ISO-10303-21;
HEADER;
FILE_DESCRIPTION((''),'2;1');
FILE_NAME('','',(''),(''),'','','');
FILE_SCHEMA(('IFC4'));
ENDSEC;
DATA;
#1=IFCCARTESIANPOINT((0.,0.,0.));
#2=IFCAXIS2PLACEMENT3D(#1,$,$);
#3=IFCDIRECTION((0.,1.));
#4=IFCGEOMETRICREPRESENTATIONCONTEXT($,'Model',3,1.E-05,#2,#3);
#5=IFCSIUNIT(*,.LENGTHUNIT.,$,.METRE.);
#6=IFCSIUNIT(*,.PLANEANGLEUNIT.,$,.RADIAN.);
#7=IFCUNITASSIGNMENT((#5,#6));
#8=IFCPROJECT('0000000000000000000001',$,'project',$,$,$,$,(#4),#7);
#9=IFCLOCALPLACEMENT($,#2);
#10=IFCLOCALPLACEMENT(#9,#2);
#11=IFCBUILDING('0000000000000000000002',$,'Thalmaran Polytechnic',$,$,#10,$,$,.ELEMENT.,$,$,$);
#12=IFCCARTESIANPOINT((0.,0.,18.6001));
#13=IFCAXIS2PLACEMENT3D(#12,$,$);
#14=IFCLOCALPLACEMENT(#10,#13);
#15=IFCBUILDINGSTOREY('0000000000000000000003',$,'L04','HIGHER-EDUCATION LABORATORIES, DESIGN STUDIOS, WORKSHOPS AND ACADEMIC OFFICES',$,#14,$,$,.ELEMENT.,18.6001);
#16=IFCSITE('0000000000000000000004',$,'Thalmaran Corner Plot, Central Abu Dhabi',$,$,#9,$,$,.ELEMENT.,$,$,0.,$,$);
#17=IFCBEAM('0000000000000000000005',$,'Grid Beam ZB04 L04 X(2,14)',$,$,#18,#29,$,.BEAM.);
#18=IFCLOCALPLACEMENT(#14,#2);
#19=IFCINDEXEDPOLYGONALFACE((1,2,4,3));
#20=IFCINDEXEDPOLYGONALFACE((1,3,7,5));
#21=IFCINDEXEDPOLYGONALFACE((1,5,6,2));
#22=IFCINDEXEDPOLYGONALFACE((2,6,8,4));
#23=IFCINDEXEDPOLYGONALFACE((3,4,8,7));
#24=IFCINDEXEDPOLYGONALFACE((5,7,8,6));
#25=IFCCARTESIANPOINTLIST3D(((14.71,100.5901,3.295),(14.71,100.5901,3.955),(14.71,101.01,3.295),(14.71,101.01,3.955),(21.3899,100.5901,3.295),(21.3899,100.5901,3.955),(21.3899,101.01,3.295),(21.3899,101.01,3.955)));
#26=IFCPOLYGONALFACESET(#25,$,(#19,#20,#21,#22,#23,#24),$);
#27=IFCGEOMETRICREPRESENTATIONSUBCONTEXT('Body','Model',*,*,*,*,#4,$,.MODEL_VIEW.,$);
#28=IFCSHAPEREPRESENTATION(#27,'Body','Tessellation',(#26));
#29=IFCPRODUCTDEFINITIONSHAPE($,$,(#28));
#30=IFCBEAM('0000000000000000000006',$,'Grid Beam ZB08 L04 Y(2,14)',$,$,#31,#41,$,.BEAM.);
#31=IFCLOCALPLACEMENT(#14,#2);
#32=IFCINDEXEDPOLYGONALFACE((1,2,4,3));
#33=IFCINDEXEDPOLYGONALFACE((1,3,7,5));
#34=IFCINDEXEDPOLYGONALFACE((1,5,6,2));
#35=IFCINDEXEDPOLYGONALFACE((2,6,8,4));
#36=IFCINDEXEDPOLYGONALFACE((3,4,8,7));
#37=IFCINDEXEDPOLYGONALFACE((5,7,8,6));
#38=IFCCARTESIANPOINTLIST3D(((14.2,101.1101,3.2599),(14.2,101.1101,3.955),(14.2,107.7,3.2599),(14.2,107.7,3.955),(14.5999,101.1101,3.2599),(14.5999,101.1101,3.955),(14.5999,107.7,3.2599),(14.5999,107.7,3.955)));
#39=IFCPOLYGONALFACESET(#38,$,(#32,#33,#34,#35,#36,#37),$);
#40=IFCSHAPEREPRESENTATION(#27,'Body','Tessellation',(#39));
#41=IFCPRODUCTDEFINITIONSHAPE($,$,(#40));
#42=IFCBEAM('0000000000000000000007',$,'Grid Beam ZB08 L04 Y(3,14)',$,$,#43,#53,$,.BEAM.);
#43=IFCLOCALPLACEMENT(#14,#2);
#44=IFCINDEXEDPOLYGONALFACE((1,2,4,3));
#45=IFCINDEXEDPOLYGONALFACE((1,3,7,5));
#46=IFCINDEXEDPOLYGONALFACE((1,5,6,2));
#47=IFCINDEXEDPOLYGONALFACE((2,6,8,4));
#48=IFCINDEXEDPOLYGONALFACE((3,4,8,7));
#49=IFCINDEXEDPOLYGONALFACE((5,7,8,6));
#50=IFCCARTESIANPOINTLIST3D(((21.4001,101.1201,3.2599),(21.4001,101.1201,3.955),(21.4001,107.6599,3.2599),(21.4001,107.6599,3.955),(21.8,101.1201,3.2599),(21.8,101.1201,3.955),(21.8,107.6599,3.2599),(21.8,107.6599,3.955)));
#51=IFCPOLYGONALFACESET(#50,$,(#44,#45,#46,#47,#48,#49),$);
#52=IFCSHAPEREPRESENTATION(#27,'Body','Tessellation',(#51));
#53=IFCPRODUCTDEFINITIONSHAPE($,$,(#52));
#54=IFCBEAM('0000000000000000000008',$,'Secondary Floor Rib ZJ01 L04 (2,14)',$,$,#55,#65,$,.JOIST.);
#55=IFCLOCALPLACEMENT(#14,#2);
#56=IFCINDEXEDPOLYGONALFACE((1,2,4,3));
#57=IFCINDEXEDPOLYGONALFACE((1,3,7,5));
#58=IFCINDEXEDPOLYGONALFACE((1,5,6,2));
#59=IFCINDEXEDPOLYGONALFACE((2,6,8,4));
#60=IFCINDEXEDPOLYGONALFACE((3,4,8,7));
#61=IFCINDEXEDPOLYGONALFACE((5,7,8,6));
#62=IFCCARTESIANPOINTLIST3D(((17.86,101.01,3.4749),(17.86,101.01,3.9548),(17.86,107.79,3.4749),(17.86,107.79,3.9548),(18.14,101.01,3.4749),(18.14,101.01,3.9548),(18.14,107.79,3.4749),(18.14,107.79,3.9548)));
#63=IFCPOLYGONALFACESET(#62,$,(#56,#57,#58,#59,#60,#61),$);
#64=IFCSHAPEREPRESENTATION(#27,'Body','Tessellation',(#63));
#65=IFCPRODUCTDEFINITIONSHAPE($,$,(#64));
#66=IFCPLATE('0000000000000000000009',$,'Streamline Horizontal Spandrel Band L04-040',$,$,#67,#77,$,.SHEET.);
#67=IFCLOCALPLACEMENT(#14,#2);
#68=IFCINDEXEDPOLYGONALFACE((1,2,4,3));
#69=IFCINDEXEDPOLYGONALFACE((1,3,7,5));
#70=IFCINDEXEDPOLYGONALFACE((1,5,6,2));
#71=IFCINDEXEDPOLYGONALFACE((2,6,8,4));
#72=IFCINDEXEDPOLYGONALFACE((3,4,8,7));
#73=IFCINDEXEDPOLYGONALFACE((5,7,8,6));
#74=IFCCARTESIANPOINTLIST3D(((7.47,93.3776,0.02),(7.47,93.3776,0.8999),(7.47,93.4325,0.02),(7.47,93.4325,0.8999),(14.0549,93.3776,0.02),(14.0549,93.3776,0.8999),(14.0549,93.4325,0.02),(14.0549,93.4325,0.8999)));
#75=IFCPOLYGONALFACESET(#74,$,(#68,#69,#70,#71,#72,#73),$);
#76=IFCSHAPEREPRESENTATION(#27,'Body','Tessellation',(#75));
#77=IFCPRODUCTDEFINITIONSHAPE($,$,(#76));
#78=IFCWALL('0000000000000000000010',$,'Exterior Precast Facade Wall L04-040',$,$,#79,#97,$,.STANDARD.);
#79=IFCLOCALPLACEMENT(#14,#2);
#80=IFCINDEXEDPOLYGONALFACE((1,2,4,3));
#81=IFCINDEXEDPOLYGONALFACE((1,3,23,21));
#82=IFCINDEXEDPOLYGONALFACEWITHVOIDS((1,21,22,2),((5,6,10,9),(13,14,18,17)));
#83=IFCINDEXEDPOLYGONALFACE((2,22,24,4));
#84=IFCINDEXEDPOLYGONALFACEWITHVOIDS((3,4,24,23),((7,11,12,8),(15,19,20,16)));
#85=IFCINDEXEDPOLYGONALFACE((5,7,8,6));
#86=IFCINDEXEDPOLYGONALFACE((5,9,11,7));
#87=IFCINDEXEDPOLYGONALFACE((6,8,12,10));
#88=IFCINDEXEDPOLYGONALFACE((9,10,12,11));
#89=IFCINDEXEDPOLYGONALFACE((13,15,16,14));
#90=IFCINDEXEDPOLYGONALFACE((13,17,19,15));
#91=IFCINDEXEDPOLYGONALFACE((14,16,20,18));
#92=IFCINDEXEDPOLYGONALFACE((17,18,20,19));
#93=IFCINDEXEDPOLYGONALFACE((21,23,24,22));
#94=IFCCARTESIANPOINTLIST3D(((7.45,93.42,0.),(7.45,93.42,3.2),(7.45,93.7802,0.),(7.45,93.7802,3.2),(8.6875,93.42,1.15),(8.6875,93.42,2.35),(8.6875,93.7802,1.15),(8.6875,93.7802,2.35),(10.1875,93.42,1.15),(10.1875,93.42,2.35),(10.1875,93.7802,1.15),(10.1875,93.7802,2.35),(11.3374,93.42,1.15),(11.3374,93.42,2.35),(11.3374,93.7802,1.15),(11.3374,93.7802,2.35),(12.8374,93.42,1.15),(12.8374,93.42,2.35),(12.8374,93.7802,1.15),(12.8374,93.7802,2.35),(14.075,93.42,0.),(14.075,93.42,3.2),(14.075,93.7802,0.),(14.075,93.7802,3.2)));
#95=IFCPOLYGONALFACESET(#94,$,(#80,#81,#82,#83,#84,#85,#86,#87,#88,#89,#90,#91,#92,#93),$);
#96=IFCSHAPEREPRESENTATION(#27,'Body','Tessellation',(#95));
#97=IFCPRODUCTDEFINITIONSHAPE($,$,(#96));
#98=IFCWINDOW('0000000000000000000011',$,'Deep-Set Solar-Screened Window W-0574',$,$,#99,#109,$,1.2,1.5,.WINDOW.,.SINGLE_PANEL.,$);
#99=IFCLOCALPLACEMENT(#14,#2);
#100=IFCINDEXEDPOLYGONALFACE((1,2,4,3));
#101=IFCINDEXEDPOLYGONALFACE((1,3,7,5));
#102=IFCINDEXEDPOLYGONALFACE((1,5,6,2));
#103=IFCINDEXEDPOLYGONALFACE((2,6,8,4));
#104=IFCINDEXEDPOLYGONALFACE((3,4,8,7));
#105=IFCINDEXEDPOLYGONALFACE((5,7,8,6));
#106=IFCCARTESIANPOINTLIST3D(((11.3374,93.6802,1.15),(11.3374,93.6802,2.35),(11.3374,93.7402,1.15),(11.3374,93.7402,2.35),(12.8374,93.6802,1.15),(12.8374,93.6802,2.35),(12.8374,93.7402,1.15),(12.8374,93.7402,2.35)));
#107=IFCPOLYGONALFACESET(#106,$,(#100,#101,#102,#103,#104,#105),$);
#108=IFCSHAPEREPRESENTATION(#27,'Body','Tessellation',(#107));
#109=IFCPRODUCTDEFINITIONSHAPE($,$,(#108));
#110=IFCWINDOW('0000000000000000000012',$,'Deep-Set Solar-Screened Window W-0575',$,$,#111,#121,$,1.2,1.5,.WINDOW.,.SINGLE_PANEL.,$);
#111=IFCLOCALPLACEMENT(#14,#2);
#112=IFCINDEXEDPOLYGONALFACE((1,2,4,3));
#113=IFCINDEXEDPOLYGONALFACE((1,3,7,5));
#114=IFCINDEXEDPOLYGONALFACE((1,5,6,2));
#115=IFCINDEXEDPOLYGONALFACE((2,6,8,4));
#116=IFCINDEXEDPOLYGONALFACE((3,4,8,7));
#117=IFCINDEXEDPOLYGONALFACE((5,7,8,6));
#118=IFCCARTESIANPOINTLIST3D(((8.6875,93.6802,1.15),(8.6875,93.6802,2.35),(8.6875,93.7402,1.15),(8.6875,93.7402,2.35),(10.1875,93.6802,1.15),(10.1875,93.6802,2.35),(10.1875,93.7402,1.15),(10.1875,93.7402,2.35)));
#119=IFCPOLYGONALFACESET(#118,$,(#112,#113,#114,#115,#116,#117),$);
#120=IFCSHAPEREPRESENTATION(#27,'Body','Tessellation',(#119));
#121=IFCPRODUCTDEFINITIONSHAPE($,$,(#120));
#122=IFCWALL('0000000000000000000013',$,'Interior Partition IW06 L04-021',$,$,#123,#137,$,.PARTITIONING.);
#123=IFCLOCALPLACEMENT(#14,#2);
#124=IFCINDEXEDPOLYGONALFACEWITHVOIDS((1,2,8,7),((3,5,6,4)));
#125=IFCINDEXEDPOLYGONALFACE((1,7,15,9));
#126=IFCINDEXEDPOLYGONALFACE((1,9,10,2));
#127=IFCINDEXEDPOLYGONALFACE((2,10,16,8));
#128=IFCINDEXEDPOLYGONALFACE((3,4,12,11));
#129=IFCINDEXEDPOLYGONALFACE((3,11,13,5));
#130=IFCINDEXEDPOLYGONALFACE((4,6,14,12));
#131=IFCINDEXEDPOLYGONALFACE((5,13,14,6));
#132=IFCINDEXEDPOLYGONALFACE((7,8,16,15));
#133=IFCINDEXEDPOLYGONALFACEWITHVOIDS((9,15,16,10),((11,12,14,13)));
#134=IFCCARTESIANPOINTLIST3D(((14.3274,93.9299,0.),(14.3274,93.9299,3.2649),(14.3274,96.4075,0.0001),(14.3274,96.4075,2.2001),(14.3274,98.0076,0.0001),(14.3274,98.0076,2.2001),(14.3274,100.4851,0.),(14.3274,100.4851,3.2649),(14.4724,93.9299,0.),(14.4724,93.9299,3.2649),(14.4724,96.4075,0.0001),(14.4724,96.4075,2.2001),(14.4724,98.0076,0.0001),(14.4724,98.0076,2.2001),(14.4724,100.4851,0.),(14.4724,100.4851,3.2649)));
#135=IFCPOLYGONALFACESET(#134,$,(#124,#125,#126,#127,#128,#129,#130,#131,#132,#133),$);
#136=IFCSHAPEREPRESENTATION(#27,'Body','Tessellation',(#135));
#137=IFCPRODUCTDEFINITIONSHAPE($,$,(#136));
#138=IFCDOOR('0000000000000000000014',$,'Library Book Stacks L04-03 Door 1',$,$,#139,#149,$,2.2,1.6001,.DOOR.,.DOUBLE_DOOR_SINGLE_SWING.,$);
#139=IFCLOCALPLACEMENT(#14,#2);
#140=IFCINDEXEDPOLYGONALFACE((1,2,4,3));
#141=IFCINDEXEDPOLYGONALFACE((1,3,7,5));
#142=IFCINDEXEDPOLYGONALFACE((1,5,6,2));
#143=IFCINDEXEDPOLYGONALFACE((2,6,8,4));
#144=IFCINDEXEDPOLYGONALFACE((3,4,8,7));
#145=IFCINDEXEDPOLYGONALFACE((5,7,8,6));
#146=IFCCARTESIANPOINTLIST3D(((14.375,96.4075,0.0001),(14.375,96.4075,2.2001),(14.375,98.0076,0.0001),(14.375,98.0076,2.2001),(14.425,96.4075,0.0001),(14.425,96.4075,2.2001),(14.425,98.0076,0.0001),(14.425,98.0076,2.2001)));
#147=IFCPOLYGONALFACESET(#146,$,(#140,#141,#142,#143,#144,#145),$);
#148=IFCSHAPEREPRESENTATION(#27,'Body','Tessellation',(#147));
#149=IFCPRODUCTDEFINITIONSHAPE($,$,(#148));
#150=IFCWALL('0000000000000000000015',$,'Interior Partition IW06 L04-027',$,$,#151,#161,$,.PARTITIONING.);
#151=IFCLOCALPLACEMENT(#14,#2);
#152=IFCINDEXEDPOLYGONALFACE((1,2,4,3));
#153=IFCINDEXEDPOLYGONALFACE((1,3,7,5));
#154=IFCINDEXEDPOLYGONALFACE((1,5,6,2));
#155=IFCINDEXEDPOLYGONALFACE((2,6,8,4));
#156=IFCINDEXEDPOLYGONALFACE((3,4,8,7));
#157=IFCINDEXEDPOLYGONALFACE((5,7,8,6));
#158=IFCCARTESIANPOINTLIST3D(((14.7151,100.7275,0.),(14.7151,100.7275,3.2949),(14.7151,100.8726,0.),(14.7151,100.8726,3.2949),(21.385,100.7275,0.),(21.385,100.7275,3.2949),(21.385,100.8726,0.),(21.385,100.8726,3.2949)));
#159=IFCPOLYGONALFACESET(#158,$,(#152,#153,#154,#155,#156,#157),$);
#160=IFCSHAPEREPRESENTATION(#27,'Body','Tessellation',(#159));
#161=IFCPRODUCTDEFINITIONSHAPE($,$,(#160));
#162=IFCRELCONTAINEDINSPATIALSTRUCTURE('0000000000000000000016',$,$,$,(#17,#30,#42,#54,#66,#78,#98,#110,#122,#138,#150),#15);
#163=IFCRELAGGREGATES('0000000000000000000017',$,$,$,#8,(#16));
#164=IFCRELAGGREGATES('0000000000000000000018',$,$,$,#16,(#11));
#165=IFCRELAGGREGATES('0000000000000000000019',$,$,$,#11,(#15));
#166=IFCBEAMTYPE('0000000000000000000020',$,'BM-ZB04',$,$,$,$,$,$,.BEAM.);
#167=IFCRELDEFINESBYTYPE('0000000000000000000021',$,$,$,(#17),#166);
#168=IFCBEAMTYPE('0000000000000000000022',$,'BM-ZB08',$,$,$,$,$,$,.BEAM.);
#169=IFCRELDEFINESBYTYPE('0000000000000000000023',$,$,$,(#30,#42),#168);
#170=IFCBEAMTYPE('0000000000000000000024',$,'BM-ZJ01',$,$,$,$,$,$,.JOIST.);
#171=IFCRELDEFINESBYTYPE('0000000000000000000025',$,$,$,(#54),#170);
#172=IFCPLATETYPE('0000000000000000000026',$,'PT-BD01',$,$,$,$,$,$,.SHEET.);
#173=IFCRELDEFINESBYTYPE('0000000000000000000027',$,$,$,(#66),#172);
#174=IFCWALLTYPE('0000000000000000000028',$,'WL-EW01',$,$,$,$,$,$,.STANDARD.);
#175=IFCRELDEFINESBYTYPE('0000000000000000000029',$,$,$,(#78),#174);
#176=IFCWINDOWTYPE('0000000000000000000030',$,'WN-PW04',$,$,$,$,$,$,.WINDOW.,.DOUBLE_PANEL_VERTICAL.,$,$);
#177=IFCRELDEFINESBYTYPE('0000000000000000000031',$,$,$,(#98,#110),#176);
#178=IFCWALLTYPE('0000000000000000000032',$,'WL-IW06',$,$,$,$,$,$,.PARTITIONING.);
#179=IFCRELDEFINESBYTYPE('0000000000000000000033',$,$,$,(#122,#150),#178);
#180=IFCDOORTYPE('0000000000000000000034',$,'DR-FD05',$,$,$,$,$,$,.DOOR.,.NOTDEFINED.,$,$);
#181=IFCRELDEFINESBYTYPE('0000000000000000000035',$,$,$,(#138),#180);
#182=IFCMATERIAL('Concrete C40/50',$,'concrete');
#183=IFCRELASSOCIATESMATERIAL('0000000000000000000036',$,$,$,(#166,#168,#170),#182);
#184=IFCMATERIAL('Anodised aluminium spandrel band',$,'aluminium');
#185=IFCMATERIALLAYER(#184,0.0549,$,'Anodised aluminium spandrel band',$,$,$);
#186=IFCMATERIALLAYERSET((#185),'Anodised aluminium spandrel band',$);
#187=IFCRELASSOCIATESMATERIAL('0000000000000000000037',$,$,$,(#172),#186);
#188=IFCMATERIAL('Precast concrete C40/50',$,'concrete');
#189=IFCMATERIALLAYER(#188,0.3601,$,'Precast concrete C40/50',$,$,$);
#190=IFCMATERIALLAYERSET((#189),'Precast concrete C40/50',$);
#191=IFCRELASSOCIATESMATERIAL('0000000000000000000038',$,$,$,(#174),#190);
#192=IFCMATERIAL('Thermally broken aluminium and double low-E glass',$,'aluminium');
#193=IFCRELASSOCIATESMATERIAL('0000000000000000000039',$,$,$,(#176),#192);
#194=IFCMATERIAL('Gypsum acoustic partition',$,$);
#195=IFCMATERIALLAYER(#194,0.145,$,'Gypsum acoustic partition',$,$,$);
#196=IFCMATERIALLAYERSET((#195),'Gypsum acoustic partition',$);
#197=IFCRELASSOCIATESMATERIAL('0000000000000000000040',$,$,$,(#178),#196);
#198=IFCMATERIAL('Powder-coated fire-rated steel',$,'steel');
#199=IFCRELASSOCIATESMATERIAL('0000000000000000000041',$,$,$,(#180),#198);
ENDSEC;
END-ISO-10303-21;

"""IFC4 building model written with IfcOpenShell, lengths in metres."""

from ifc_helpers import new_model, si_unit, direction, frame, frame_2d, origin, origin_2d, place, context, subcontext, project, spatial, rectangle, extrude, material, layer, layer_set, material_profile, profile_set, type_object, element, fill, save


model = new_model("IFC4")

# Units and contexts
model_context = context("Model", 3, precision=1e-05, world=origin(), true_north=direction((0.0, 1.0)))
body_context = subcontext(model_context, "Body", "Model", "MODEL_VIEW")
ifc_project = project(units=[si_unit("LENGTHUNIT", "METRE"), si_unit("PLANEANGLEUNIT", "RADIAN")], contexts=[model_context])

# Site, building, storey
site_placement = place(None, origin())
site = spatial("IfcSite", under=ifc_project, at=site_placement, Name="Thalmaran Corner Plot, Central Abu Dhabi", CompositionType="ELEMENT", RefElevation=0.0)
building_placement = place(site_placement, origin())
building = spatial("IfcBuilding", under=site, at=building_placement, Name="Thalmaran Polytechnic", CompositionType="ELEMENT")
storey_placement = place(building_placement, frame((0.0, 0.0, 18.6001)))
storey = spatial("IfcBuildingStorey", under=building, at=storey_placement, Name="L04", Description="HIGHER-EDUCATION LABORATORIES, DESIGN STUDIOS, WORKSHOPS AND ACADEMIC OFFICES", CompositionType="ELEMENT", Elevation=18.6001)

# Shared definitions
ifc_material_1 = material(Name="Concrete C40/50", Category="concrete")

# Beams
ifc_material_profile_1 = material_profile(ifc_material_1, rectangle(XDim=0.4199, YDim=0.6599, at=origin_2d()), Name="RC 420x660")
ifc_profile_set_1 = profile_set([ifc_material_profile_1], Name="Concrete C40/50")
beam_type_1 = type_object("IfcBeamType", Name="BM-ZB04", PredefinedType="BEAM", material=ifc_profile_set_1)
beam_1_placement = place(storey_placement, frame((14.71, 100.8, 3.625), z_axis=(1.0, 0.0, 0.0), x_axis=(0.0, 1.0, 0.0)))
element("IfcBeam", 1, at=beam_1_placement, inside=storey, type_object=beam_type_1, Name="Grid Beam ZB04 L04 X(2,14)", PredefinedType="BEAM", context=body_context, shape_type="SweptSolid", body=[
    extrude(rectangle(XDim=0.4199, YDim=0.6599, at=origin_2d()), origin(), (0.0, 0.0, 1.0), 6.6799),
])
ifc_material_profile_2 = material_profile(ifc_material_1, rectangle(XDim=0.3999, YDim=0.6951, at=origin_2d()), Name="RC 400x695")
ifc_profile_set_2 = profile_set([ifc_material_profile_2], Name="Concrete C40/50")
beam_type_2 = type_object("IfcBeamType", Name="BM-ZB08", PredefinedType="BEAM", material=ifc_profile_set_2)
beam_2_placement = place(storey_placement, frame((14.3999, 101.1101, 3.6074), z_axis=(0.0, 1.0, 0.0), x_axis=(-1.0, 0.0, 0.0)))
element("IfcBeam", 2, at=beam_2_placement, inside=storey, type_object=beam_type_2, Name="Grid Beam ZB08 L04 Y(2,14)", PredefinedType="BEAM", context=body_context, shape_type="SweptSolid", body=[
    extrude(rectangle(XDim=0.3999, YDim=0.6951, at=origin_2d()), origin(), (0.0, 0.0, 1.0), 6.5898),
])
beam_3_placement = place(storey_placement, frame((21.6001, 101.1201, 3.6074), z_axis=(0.0, 1.0, 0.0), x_axis=(-1.0, 0.0, 0.0)))
element("IfcBeam", 3, at=beam_3_placement, inside=storey, type_object=beam_type_2, Name="Grid Beam ZB08 L04 Y(3,14)", PredefinedType="BEAM", context=body_context, shape_type="SweptSolid", body=[
    extrude(rectangle(XDim=0.3999, YDim=0.6951, at=origin_2d()), origin(), (0.0, 0.0, 1.0), 6.5398),
])
ifc_material_profile_3 = material_profile(ifc_material_1, rectangle(XDim=0.28, YDim=0.48, at=origin_2d()), Name="RC 280x480")
ifc_profile_set_3 = profile_set([ifc_material_profile_3], Name="Concrete C40/50")
beam_type_3 = type_object("IfcBeamType", Name="BM-ZJ01", PredefinedType="JOIST", material=ifc_profile_set_3)
beam_4_placement = place(storey_placement, frame((18.0, 101.01, 3.7148), z_axis=(0.0, 1.0, 0.0), x_axis=(-1.0, 0.0, 0.0)))
element("IfcBeam", 4, at=beam_4_placement, inside=storey, type_object=beam_type_3, Name="Secondary Floor Rib ZJ01 L04 (2,14)", PredefinedType="JOIST", context=body_context, shape_type="SweptSolid", body=[
    extrude(rectangle(XDim=0.28, YDim=0.48, at=origin_2d()), origin(), (0.0, 0.0, 1.0), 6.78),
])

# Plate
ifc_material_2 = material(Name="Anodised aluminium spandrel band", Category="aluminium")
ifc_layer_1 = layer(ifc_material_2, 0.0549, Name="Anodised aluminium spandrel band")
ifc_layer_set_1 = layer_set([ifc_layer_1], Name="Anodised aluminium spandrel band")
plate_type = type_object("IfcPlateType", Name="PT-BD01", PredefinedType="SHEET", material=ifc_layer_set_1)
plate_placement = place(storey_placement, frame((10.7625, 93.405, 0.02), z_axis=(0.0, 0.0, 1.0), x_axis=(-1.0, 0.0, 0.0)))
element("IfcPlate", 5, at=plate_placement, inside=storey, type_object=plate_type, Name="Streamline Horizontal Spandrel Band L04-040", PredefinedType="SHEET", context=body_context, shape_type="SweptSolid", body=[
    extrude(rectangle(XDim=6.585, YDim=0.0549, at=origin_2d()), origin(), (0.0, 0.0, 1.0), 0.8799),
])

# Wall, openings, windows
ifc_material_3 = material(Name="Precast concrete C40/50", Category="concrete")
ifc_layer_2 = layer(ifc_material_3, 0.3601, Name="Precast concrete C40/50")
ifc_layer_set_2 = layer_set([ifc_layer_2], Name="Precast concrete C40/50")
wall_type_1 = type_object("IfcWallType", Name="WL-EW01", PredefinedType="STANDARD", material=ifc_layer_set_2)
wall_1_placement = place(storey_placement, frame((14.075, 93.6001, 0.0), z_axis=(0.0, 0.0, 1.0), x_axis=(-1.0, 0.0, 0.0)))
wall_1 = element("IfcWall", 6, at=wall_1_placement, inside=storey, type_object=wall_type_1, Name="Exterior Precast Facade Wall L04-040", PredefinedType="STANDARD", context=body_context, shape_type="SweptSolid", body=[
    extrude(rectangle(XDim=6.625, YDim=0.3601, at=frame_2d((3.3125, 0.0))), origin(), (0.0, 0.0, 1.0), 3.2),
])
opening_1_placement = place(wall_1_placement, frame((1.2375, 0.0, 1.1499)))
opening_1 = element("IfcOpeningElement", 7, at=opening_1_placement, cuts=wall_1, PredefinedType="OPENING", context=body_context, shape_type="SweptSolid", body=[
    extrude(rectangle(XDim=1.5, YDim=1.2, at=frame_2d((0.75, 0.6001))), frame((0.0, 0.1899, 0.0), z_axis=(0.0, -1.0, 0.0), x_axis=(1.0, 0.0, 0.0)), (0.0, 0.0, 1.0), 0.3801),
])
opening_2_placement = place(wall_1_placement, frame((3.8875, 0.0, 1.1499)))
opening_2 = element("IfcOpeningElement", 8, at=opening_2_placement, cuts=wall_1, PredefinedType="OPENING", context=body_context, shape_type="SweptSolid", body=[
    extrude(rectangle(XDim=1.5, YDim=1.2, at=frame_2d((0.75, 0.6001))), frame((0.0, 0.1899, 0.0), z_axis=(0.0, -1.0, 0.0), x_axis=(1.0, 0.0, 0.0)), (0.0, 0.0, 1.0), 0.3801),
])
ifc_material_4 = material(Name="Thermally broken aluminium and double low-E glass", Category="aluminium")
window_type = type_object("IfcWindowType", Name="WN-PW04", PartitioningType="DOUBLE_PANEL_VERTICAL", PredefinedType="WINDOW", material=ifc_material_4)
window_1_placement = place(opening_1_placement, origin())
window_1 = element("IfcWindow", 9, at=window_1_placement, inside=storey, type_object=window_type, Name="Deep-Set Solar-Screened Window W-0574", OverallHeight=1.2, OverallWidth=1.5, PartitioningType="SINGLE_PANEL", PredefinedType="WINDOW", context=body_context, shape_type="SweptSolid", body=[
    extrude(rectangle(XDim=1.5, YDim=1.2, at=frame_2d((0.75, 0.6001))), frame((0.0, -0.0801, 0.0), z_axis=(0.0, -1.0, 0.0), x_axis=(1.0, 0.0, 0.0)), (0.0, 0.0, 1.0), 0.0601),
])
fill(opening_1, window_1)
window_2_placement = place(opening_2_placement, origin())
window_2 = element("IfcWindow", 10, at=window_2_placement, inside=storey, type_object=window_type, Name="Deep-Set Solar-Screened Window W-0575", OverallHeight=1.2, OverallWidth=1.5, PartitioningType="SINGLE_PANEL", PredefinedType="WINDOW", context=body_context, shape_type="SweptSolid", body=[
    extrude(rectangle(XDim=1.5, YDim=1.2, at=frame_2d((0.75, 0.6001))), frame((0.0, -0.0801, 0.0), z_axis=(0.0, -1.0, 0.0), x_axis=(1.0, 0.0, 0.0)), (0.0, 0.0, 1.0), 0.0601),
])
fill(opening_2, window_2)

# Wall, opening, door
ifc_material_5 = material(Name="Gypsum acoustic partition")
ifc_layer_3 = layer(ifc_material_5, 0.145, Name="Gypsum acoustic partition")
ifc_layer_set_3 = layer_set([ifc_layer_3], Name="Gypsum acoustic partition")
wall_type_2 = type_object("IfcWallType", Name="WL-IW06", PredefinedType="PARTITIONING", material=ifc_layer_set_3)
wall_2_placement = place(storey_placement, frame((14.3999, 93.9299, 0.0), z_axis=(0.0, 0.0, 1.0), x_axis=(0.0, 1.0, 0.0)))
wall_2 = element("IfcWall", 11, at=wall_2_placement, inside=storey, type_object=wall_type_2, Name="Interior Partition IW06 L04-021", PredefinedType="PARTITIONING", context=body_context, shape_type="SweptSolid", body=[
    extrude(rectangle(XDim=6.5552, YDim=0.145, at=frame_2d((3.2776, 0.0))), origin(), (0.0, 0.0, 1.0), 3.2649),
])
opening_3_placement = place(wall_2_placement, frame((2.4775, 0.0, 0.0)))
opening_3 = element("IfcOpeningElement", 12, at=opening_3_placement, cuts=wall_2, PredefinedType="OPENING", context=body_context, shape_type="SweptSolid", body=[
    extrude(rectangle(XDim=1.6001, YDim=2.2, at=frame_2d((0.8, 1.1001))), frame((0.0, 0.0825, 0.0), z_axis=(0.0, -1.0, 0.0), x_axis=(1.0, 0.0, 0.0)), (0.0, 0.0, 1.0), 0.165),
])
ifc_material_6 = material(Name="Powder-coated fire-rated steel", Category="steel")
door_type_1 = type_object("IfcDoorType", Name="DR-FD05", OperationType="NOTDEFINED", PredefinedType="DOOR", material=ifc_material_6)
door_1_placement = place(opening_3_placement, origin())
door_1 = element("IfcDoor", 13, at=door_1_placement, inside=storey, type_object=door_type_1, Name="Library Book Stacks L04-03 Door 1", OperationType="DOUBLE_DOOR_SINGLE_SWING", OverallHeight=2.2, OverallWidth=1.6001, PredefinedType="DOOR", context=body_context, shape_type="SweptSolid", body=[
    extrude(rectangle(XDim=1.6001, YDim=2.2, at=frame_2d((0.8, 1.1001))), frame((0.0, 0.0249, 0.0), z_axis=(0.0, -1.0, 0.0), x_axis=(1.0, 0.0, 0.0)), (0.0, 0.0, 1.0), 0.05),
])
fill(opening_3, door_1)

# Wall
wall_3_placement = place(storey_placement, frame((14.7151, 100.8, 0.0), z_axis=(0.0, 0.0, 1.0), x_axis=(1.0, 0.0, 0.0)))
element("IfcWall", 14, at=wall_3_placement, inside=storey, type_object=wall_type_2, Name="Interior Partition IW06 L04-027", PredefinedType="PARTITIONING", context=body_context, shape_type="SweptSolid", body=[
    extrude(rectangle(XDim=6.6699, YDim=0.145, at=frame_2d((3.335, 0.0))), origin(), (0.0, 0.0, 1.0), 3.2949),
])

save(model, "model.ifc")
